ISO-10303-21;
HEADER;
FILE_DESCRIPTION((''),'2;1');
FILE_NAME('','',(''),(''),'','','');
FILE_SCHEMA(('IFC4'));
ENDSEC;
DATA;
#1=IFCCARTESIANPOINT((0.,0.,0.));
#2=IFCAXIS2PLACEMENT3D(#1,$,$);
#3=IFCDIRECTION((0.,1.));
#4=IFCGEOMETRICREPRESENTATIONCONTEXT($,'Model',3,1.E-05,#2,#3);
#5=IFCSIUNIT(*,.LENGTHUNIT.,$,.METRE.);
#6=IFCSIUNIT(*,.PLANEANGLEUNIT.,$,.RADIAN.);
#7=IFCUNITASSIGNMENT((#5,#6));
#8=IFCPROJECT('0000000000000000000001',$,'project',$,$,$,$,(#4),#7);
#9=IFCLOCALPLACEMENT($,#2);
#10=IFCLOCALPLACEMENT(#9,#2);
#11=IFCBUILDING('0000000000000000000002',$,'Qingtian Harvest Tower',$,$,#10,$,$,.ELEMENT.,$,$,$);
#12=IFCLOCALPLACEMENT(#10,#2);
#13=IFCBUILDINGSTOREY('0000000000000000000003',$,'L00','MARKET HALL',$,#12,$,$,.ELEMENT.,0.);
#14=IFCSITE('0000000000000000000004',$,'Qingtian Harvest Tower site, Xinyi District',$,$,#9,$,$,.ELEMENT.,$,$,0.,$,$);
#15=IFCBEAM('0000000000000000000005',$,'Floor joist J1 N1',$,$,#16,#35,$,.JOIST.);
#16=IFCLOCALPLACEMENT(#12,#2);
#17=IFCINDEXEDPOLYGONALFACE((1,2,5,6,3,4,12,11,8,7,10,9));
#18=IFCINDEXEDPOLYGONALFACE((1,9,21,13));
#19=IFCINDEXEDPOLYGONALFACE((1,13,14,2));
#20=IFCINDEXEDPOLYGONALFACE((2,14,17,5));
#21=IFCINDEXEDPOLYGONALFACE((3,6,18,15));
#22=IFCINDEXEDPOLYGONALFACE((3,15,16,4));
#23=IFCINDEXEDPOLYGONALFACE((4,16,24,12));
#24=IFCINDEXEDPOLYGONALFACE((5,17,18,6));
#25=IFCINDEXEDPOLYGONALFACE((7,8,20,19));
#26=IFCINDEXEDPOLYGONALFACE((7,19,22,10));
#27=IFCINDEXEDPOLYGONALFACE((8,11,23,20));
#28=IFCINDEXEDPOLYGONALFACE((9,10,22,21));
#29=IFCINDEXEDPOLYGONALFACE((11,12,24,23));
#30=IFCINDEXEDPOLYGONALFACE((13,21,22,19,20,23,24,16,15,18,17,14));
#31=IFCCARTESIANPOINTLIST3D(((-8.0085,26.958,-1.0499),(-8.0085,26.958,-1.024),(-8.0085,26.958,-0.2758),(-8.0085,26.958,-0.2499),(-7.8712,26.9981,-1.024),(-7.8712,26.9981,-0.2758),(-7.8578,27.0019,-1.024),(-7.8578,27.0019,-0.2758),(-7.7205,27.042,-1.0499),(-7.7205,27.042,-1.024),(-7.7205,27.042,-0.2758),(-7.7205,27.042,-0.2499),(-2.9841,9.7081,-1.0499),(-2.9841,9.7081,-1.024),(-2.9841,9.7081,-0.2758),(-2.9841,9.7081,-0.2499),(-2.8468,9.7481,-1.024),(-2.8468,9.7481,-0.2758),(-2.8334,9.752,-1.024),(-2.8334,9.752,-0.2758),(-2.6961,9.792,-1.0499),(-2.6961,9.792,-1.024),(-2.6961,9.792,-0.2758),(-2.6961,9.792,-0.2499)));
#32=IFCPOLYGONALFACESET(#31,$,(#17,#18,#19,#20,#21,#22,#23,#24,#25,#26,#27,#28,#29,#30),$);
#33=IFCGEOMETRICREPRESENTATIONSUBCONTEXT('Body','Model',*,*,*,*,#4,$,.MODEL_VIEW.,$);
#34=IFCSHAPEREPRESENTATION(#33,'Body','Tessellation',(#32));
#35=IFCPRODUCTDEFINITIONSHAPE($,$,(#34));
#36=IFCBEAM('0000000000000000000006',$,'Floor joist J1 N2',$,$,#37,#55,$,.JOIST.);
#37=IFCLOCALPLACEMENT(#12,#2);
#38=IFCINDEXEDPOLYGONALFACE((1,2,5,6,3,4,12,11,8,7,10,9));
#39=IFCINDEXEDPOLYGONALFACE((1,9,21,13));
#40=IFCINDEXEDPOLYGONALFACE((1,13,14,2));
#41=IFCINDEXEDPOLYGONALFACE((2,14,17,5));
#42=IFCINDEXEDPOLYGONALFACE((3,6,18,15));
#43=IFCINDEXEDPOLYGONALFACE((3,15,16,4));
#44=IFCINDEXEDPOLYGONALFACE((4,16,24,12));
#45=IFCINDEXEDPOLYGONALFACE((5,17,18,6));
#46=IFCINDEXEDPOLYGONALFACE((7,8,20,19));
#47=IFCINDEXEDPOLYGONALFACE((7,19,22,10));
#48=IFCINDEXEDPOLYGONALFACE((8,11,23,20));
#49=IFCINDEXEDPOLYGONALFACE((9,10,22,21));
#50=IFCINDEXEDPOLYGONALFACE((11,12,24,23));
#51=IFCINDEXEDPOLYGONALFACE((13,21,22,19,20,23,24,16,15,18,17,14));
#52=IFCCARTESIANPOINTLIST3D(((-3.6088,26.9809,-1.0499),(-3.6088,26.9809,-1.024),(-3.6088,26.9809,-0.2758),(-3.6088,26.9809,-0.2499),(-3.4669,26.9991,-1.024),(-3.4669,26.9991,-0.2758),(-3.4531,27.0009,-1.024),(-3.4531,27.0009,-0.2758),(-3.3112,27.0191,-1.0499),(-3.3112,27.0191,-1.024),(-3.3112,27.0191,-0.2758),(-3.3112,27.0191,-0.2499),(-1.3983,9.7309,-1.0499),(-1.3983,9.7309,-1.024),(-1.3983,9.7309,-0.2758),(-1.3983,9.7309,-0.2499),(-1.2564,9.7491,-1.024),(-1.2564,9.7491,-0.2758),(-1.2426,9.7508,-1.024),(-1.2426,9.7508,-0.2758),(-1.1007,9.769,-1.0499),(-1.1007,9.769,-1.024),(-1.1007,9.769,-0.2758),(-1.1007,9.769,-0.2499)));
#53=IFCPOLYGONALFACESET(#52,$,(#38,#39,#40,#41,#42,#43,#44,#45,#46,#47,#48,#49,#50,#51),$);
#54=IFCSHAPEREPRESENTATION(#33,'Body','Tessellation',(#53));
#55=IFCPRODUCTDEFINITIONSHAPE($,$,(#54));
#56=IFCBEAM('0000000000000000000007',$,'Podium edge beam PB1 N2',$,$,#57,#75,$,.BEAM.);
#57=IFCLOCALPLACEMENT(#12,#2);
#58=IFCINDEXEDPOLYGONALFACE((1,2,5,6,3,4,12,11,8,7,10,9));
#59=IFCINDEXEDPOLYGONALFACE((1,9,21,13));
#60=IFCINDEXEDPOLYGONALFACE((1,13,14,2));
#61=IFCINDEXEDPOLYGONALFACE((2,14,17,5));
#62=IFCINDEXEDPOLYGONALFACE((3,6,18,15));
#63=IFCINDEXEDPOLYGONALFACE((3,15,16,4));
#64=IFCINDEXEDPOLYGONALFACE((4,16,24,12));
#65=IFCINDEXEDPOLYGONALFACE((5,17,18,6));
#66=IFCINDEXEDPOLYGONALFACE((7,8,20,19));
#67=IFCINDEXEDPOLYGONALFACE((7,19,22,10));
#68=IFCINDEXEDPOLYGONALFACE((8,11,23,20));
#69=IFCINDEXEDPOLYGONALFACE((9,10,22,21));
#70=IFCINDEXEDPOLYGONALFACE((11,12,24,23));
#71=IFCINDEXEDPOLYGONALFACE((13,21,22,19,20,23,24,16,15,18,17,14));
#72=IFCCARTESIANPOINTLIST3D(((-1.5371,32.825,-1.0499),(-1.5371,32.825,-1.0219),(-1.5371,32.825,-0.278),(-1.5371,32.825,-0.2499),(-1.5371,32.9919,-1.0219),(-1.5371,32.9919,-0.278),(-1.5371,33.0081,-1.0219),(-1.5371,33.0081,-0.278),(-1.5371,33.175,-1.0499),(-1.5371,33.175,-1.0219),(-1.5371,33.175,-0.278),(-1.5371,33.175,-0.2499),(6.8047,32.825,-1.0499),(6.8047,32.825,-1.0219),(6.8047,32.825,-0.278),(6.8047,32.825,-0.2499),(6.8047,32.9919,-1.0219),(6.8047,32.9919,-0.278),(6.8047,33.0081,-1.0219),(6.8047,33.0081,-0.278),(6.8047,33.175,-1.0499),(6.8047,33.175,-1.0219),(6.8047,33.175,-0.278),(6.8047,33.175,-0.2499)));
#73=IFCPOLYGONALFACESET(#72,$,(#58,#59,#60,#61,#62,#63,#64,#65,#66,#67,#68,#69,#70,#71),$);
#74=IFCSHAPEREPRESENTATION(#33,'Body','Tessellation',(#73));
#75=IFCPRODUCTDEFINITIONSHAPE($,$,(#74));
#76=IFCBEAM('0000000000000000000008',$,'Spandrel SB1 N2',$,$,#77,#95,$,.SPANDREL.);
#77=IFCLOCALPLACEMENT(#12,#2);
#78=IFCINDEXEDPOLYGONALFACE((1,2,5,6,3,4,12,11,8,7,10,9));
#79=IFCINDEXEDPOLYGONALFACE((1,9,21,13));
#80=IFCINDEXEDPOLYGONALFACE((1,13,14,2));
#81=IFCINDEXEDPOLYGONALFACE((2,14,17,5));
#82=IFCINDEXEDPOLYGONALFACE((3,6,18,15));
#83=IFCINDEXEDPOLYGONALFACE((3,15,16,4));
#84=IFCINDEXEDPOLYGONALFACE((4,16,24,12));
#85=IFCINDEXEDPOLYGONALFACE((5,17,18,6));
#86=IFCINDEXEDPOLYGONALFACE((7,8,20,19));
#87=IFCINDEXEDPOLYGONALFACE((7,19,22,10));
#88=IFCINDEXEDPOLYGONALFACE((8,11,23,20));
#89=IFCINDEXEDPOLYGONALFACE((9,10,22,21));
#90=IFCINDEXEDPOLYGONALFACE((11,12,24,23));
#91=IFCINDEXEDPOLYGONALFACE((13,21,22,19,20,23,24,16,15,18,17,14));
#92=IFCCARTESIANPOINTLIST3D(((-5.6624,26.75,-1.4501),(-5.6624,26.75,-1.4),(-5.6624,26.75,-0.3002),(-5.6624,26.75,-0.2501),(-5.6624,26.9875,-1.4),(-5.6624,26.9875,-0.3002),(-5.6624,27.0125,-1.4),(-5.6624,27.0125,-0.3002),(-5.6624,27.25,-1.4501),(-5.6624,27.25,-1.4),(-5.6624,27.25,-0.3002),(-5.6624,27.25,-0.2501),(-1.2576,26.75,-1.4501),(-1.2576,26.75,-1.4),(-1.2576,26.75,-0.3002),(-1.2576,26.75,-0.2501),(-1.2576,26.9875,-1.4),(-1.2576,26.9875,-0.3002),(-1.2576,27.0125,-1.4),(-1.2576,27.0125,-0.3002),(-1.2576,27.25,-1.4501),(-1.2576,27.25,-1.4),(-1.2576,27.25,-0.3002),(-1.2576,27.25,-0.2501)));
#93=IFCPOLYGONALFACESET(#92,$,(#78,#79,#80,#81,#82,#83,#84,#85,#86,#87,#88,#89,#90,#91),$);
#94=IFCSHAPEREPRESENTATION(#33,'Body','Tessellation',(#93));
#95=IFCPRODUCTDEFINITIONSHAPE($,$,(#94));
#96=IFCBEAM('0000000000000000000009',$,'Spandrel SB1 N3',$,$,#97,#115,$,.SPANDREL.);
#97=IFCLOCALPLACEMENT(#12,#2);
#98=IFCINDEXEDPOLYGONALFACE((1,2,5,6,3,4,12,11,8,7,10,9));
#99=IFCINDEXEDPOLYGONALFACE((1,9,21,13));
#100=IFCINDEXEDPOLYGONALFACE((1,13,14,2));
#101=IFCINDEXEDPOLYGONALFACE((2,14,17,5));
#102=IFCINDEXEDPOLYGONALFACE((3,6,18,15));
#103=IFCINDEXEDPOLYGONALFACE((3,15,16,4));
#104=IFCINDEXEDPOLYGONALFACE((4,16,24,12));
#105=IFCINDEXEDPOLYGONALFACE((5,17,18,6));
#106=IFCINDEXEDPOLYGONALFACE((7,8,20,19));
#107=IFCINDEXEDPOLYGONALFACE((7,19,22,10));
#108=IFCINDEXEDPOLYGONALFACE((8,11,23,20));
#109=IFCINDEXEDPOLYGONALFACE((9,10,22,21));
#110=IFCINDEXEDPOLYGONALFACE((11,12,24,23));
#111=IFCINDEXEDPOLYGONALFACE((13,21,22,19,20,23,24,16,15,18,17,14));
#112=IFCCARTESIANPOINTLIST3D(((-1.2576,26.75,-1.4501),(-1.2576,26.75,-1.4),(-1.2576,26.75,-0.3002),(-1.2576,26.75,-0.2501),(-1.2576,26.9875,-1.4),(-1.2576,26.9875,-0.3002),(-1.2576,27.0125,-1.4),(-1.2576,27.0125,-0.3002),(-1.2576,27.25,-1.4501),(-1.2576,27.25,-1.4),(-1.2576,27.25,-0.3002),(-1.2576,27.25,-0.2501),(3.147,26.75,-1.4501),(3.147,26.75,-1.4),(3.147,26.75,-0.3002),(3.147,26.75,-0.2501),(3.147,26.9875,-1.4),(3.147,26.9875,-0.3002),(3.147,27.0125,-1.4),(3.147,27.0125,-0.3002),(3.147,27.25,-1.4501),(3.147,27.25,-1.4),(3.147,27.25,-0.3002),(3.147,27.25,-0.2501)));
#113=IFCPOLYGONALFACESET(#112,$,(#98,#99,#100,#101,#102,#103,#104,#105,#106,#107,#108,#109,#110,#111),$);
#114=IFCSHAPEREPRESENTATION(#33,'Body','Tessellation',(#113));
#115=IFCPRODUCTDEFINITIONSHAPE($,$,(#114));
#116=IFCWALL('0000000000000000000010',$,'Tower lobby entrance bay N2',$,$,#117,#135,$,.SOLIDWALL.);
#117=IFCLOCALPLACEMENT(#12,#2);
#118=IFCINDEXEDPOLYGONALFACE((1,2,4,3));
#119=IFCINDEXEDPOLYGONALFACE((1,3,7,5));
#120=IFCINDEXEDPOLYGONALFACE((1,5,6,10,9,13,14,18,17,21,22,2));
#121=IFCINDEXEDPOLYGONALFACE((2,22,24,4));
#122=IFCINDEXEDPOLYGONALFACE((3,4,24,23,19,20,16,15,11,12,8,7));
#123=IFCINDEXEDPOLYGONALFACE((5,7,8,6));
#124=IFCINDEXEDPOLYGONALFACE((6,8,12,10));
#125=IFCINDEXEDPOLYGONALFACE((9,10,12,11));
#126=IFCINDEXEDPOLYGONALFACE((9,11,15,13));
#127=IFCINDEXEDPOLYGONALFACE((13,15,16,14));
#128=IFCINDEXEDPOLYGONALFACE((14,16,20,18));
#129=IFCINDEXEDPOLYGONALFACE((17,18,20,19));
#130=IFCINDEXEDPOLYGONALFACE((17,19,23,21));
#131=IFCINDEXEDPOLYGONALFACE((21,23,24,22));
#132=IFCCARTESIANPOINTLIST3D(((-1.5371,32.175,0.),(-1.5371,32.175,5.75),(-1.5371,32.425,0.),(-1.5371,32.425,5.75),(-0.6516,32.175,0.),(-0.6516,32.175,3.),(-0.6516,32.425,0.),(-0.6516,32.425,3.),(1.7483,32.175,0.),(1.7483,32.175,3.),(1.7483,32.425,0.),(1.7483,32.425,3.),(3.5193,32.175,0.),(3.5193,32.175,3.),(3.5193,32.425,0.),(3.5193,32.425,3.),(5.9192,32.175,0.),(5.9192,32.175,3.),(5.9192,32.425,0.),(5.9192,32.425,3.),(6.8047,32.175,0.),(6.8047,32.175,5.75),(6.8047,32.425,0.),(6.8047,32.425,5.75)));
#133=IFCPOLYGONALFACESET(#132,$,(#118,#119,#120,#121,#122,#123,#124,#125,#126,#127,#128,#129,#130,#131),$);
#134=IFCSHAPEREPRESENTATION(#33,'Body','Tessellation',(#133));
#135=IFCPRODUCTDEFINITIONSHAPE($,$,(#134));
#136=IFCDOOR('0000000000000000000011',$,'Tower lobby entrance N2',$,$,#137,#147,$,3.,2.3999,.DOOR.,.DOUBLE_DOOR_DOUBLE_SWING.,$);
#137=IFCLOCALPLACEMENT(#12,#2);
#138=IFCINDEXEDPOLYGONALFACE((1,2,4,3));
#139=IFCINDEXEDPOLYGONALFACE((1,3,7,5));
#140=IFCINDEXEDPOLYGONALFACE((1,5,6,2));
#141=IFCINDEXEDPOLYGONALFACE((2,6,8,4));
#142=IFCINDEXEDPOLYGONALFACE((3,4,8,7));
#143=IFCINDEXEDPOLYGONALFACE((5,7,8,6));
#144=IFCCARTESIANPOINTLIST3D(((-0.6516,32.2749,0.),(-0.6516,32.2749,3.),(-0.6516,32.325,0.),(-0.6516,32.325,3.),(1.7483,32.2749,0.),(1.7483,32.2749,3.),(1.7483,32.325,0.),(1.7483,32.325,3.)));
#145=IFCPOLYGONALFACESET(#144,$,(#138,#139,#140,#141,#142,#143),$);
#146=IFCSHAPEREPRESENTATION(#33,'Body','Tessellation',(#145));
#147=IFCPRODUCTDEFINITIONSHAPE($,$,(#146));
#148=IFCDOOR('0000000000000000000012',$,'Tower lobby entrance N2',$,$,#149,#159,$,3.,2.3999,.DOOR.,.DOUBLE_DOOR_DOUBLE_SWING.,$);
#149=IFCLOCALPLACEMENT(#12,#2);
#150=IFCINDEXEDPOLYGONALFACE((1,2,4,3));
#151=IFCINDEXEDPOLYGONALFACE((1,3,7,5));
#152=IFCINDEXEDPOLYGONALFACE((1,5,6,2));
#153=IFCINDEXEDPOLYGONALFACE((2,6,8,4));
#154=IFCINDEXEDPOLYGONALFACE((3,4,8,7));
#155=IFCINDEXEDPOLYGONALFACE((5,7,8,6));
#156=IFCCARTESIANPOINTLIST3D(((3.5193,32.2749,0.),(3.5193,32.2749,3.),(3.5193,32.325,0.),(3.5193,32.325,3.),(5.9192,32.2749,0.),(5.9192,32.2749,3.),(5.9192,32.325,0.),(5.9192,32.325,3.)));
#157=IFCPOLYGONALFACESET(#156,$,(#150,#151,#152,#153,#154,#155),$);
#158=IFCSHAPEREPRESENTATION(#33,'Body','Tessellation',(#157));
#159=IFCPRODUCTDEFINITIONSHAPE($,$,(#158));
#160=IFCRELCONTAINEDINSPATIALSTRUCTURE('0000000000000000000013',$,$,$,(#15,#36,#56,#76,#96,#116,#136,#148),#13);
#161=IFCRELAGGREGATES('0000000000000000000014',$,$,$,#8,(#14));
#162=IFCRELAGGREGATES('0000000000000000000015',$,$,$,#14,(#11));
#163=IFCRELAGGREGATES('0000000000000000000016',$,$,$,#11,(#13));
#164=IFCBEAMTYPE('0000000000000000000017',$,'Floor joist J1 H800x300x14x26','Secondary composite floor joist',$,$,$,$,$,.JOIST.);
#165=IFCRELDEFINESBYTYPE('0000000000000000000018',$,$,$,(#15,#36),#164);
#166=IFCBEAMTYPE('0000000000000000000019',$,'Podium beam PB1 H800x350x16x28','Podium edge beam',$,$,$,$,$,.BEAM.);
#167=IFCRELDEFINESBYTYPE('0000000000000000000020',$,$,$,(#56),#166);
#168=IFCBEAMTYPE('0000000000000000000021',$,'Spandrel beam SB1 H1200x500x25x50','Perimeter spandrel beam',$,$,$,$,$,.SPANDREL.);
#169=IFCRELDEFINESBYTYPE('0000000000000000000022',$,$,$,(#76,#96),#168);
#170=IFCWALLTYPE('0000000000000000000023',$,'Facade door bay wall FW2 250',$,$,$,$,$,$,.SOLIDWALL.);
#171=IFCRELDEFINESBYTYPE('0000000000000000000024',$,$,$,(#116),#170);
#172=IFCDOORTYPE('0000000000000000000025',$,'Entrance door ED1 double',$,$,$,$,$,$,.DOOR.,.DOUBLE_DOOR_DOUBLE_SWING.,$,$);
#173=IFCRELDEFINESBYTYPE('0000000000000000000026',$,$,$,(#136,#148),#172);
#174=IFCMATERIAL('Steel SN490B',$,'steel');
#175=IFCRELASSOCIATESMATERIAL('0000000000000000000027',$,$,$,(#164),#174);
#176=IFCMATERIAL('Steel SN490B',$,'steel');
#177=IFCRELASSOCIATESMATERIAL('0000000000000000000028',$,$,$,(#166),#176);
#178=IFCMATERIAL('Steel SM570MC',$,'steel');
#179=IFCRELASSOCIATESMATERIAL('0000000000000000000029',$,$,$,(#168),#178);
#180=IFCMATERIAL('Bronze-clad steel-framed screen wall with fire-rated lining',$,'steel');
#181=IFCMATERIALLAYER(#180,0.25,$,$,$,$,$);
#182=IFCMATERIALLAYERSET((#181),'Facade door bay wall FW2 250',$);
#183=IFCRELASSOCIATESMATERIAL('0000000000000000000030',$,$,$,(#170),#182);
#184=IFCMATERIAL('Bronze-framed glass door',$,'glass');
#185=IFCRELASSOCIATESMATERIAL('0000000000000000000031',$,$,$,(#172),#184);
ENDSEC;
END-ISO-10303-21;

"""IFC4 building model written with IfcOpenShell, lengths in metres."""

from ifc_helpers import new_model, si_unit, direction, frame, frame_2d, origin, origin_2d, place, context, subcontext, project, spatial, rectangle, i_section, extrude, material, layer, layer_set, material_profile, profile_set, type_object, element, fill, save


model = new_model("IFC4")

# Units and contexts
model_context = context("Model", 3, precision=1e-05, world=origin(), true_north=direction((0.0, 1.0)))
body_context = subcontext(model_context, "Body", "Model", "MODEL_VIEW")
ifc_project = project(units=[si_unit("LENGTHUNIT", "METRE"), si_unit("PLANEANGLEUNIT", "RADIAN")], contexts=[model_context])

# Site, building, storey
site_placement = place(None, origin())
site = spatial("IfcSite", under=ifc_project, at=site_placement, Name="Qingtian Harvest Tower site, Xinyi District", CompositionType="ELEMENT", RefElevation=0.0)
building_placement = place(site_placement, origin())
building = spatial("IfcBuilding", under=site, at=building_placement, Name="Qingtian Harvest Tower", CompositionType="ELEMENT")
storey_placement = place(building_placement, origin())
storey = spatial("IfcBuildingStorey", under=building, at=storey_placement, Name="L00", Description="MARKET HALL", CompositionType="ELEMENT", Elevation=0.0)

# Beams
ifc_material_1 = material(Name="Steel SN490B", Category="steel")
ifc_material_profile_1 = material_profile(ifc_material_1, i_section(OverallWidth=0.3, OverallDepth=0.8, WebThickness=0.0139, FlangeThickness=0.0259, at=origin_2d()), Name="H800x300x14x26")
ifc_profile_set_1 = profile_set([ifc_material_profile_1], Name="Steel SN490B")
beam_type_1 = type_object("IfcBeamType", Name="Floor joist J1 H800x300x14x26", Description="Secondary composite floor joist", PredefinedType="JOIST", material=ifc_profile_set_1)
beam_1_placement = place(storey_placement, frame((-7.8645, 27.0, -0.6499), z_axis=(0.279649, -0.960102, 0.0), x_axis=(0.960102, 0.279649, 0.0)))
element("IfcBeam", 1, at=beam_1_placement, inside=storey, type_object=beam_type_1, Name="Floor joist J1 N1", PredefinedType="JOIST", context=body_context, shape_type="SweptSolid", body=[
    extrude(i_section(OverallWidth=0.3, OverallDepth=0.8, WebThickness=0.0139, FlangeThickness=0.0259, at=origin_2d()), origin(), (0.0, 0.0, 1.0), 17.9668),
])
beam_2_placement = place(storey_placement, frame((-3.46, 27.0, -0.6499), z_axis=(0.127103, -0.99189, 0.0), x_axis=(0.99189, 0.127103, 0.0)))
element("IfcBeam", 2, at=beam_2_placement, inside=storey, type_object=beam_type_1, Name="Floor joist J1 N2", PredefinedType="JOIST", context=body_context, shape_type="SweptSolid", body=[
    extrude(i_section(OverallWidth=0.3, OverallDepth=0.8, WebThickness=0.0139, FlangeThickness=0.0259, at=origin_2d()), origin(), (0.0, 0.0, 1.0), 17.3911),
])
ifc_material_2 = material(Name="Steel SN490B", Category="steel")
ifc_material_profile_2 = material_profile(ifc_material_2, i_section(OverallWidth=0.3501, OverallDepth=0.8, WebThickness=0.0161, FlangeThickness=0.0281, at=origin_2d()), Name="H800x350x16x28")
ifc_profile_set_2 = profile_set([ifc_material_profile_2], Name="Steel SN490B")
beam_type_2 = type_object("IfcBeamType", Name="Podium beam PB1 H800x350x16x28", Description="Podium edge beam", PredefinedType="BEAM", material=ifc_profile_set_2)
beam_3_placement = place(storey_placement, frame((-1.5371, 33.0, -0.6499), z_axis=(1.0, 0.0, 0.0), x_axis=(0.0, 1.0, 0.0)))
element("IfcBeam", 3, at=beam_3_placement, inside=storey, type_object=beam_type_2, Name="Podium edge beam PB1 N2", PredefinedType="BEAM", context=body_context, shape_type="SweptSolid", body=[
    extrude(i_section(OverallWidth=0.3501, OverallDepth=0.8, WebThickness=0.0161, FlangeThickness=0.0281, at=origin_2d()), origin(), (0.0, 0.0, 1.0), 8.3418),
])
ifc_material_3 = material(Name="Steel SM570MC", Category="steel")
ifc_material_profile_3 = material_profile(ifc_material_3, i_section(OverallWidth=0.5, OverallDepth=1.2, WebThickness=0.0249, FlangeThickness=0.05, at=origin_2d()), Name="H1200x500x25x50")
ifc_profile_set_3 = profile_set([ifc_material_profile_3], Name="Steel SM570MC")
beam_type_3 = type_object("IfcBeamType", Name="Spandrel beam SB1 H1200x500x25x50", Description="Perimeter spandrel beam", PredefinedType="SPANDREL", material=ifc_profile_set_3)
beam_4_placement = place(storey_placement, frame((-5.6624, 27.0, -0.8501), z_axis=(1.0, 0.0, 0.0), x_axis=(0.0, 1.0, 0.0)))
element("IfcBeam", 4, at=beam_4_placement, inside=storey, type_object=beam_type_3, Name="Spandrel SB1 N2", PredefinedType="SPANDREL", context=body_context, shape_type="SweptSolid", body=[
    extrude(i_section(OverallWidth=0.5, OverallDepth=1.2, WebThickness=0.0249, FlangeThickness=0.05, at=origin_2d()), origin(), (0.0, 0.0, 1.0), 4.4048),
])
beam_5_placement = place(storey_placement, frame((-1.2576, 27.0, -0.8501), z_axis=(1.0, 0.0, 0.0), x_axis=(0.0, 1.0, 0.0)))
element("IfcBeam", 5, at=beam_5_placement, inside=storey, type_object=beam_type_3, Name="Spandrel SB1 N3", PredefinedType="SPANDREL", context=body_context, shape_type="SweptSolid", body=[
    extrude(i_section(OverallWidth=0.5, OverallDepth=1.2, WebThickness=0.0249, FlangeThickness=0.05, at=origin_2d()), origin(), (0.0, 0.0, 1.0), 4.4045),
])

# Wall, openings, doors
ifc_material_4 = material(Name="Bronze-clad steel-framed screen wall with fire-rated lining", Category="steel")
ifc_layer = layer(ifc_material_4, 0.25)
ifc_layer_set = layer_set([ifc_layer], Name="Facade door bay wall FW2 250")
wall_type = type_object("IfcWallType", Name="Facade door bay wall FW2 250", PredefinedType="SOLIDWALL", material=ifc_layer_set)
wall_placement = place(storey_placement, frame((-1.5371, 32.3, 0.0), z_axis=(0.0, 0.0, 1.0), x_axis=(1.0, 0.0, 0.0)))
wall = element("IfcWall", 6, at=wall_placement, inside=storey, type_object=wall_type, Name="Tower lobby entrance bay N2", PredefinedType="SOLIDWALL", context=body_context, shape_type="SweptSolid", body=[
    extrude(rectangle(XDim=8.3418, YDim=0.25, at=frame_2d((4.1709, 0.0))), origin(), (0.0, 0.0, 1.0), 5.75),
])
opening_1_placement = place(wall_placement, frame((0.8855, 0.0, 0.0)))
opening_1 = element("IfcOpeningElement", 7, at=opening_1_placement, cuts=wall, PredefinedType="OPENING", context=body_context, shape_type="SweptSolid", body=[
    extrude(rectangle(XDim=2.3999, YDim=3.0, at=frame_2d((1.2, 1.5))), frame((0.0, 0.135, 0.0), z_axis=(0.0, -1.0, 0.0), x_axis=(1.0, 0.0, 0.0)), (0.0, 0.0, 1.0), 0.27),
])
opening_2_placement = place(wall_placement, frame((5.0564, 0.0, 0.0)))
opening_2 = element("IfcOpeningElement", 8, at=opening_2_placement, cuts=wall, PredefinedType="OPENING", context=body_context, shape_type="SweptSolid", body=[
    extrude(rectangle(XDim=2.3999, YDim=3.0, at=frame_2d((1.2, 1.5))), frame((0.0, 0.135, 0.0), z_axis=(0.0, -1.0, 0.0), x_axis=(1.0, 0.0, 0.0)), (0.0, 0.0, 1.0), 0.27),
])
ifc_material_5 = material(Name="Bronze-framed glass door", Category="glass")
door_type = type_object("IfcDoorType", Name="Entrance door ED1 double", OperationType="DOUBLE_DOOR_DOUBLE_SWING", PredefinedType="DOOR", material=ifc_material_5)
door_1_placement = place(opening_1_placement, origin())
door_1 = element("IfcDoor", 9, at=door_1_placement, inside=storey, type_object=door_type, Name="Tower lobby entrance N2", OperationType="DOUBLE_DOOR_DOUBLE_SWING", OverallHeight=3.0, OverallWidth=2.3999, PredefinedType="DOOR", context=body_context, shape_type="SweptSolid", body=[
    extrude(rectangle(XDim=2.3999, YDim=3.0, at=frame_2d((1.2, 1.5))), frame((0.0, 0.0249, 0.0), z_axis=(0.0, -1.0, 0.0), x_axis=(1.0, 0.0, 0.0)), (0.0, 0.0, 1.0), 0.05),
])
fill(opening_1, door_1)
door_2_placement = place(opening_2_placement, origin())
door_2 = element("IfcDoor", 10, at=door_2_placement, inside=storey, type_object=door_type, Name="Tower lobby entrance N2", OperationType="DOUBLE_DOOR_DOUBLE_SWING", OverallHeight=3.0, OverallWidth=2.3999, PredefinedType="DOOR", context=body_context, shape_type="SweptSolid", body=[
    extrude(rectangle(XDim=2.3999, YDim=3.0, at=frame_2d((1.2, 1.5))), frame((0.0, 0.0249, 0.0), z_axis=(0.0, -1.0, 0.0), x_axis=(1.0, 0.0, 0.0)), (0.0, 0.0, 1.0), 0.05),
])
fill(opening_2, door_2)

save(model, "model.ifc")
